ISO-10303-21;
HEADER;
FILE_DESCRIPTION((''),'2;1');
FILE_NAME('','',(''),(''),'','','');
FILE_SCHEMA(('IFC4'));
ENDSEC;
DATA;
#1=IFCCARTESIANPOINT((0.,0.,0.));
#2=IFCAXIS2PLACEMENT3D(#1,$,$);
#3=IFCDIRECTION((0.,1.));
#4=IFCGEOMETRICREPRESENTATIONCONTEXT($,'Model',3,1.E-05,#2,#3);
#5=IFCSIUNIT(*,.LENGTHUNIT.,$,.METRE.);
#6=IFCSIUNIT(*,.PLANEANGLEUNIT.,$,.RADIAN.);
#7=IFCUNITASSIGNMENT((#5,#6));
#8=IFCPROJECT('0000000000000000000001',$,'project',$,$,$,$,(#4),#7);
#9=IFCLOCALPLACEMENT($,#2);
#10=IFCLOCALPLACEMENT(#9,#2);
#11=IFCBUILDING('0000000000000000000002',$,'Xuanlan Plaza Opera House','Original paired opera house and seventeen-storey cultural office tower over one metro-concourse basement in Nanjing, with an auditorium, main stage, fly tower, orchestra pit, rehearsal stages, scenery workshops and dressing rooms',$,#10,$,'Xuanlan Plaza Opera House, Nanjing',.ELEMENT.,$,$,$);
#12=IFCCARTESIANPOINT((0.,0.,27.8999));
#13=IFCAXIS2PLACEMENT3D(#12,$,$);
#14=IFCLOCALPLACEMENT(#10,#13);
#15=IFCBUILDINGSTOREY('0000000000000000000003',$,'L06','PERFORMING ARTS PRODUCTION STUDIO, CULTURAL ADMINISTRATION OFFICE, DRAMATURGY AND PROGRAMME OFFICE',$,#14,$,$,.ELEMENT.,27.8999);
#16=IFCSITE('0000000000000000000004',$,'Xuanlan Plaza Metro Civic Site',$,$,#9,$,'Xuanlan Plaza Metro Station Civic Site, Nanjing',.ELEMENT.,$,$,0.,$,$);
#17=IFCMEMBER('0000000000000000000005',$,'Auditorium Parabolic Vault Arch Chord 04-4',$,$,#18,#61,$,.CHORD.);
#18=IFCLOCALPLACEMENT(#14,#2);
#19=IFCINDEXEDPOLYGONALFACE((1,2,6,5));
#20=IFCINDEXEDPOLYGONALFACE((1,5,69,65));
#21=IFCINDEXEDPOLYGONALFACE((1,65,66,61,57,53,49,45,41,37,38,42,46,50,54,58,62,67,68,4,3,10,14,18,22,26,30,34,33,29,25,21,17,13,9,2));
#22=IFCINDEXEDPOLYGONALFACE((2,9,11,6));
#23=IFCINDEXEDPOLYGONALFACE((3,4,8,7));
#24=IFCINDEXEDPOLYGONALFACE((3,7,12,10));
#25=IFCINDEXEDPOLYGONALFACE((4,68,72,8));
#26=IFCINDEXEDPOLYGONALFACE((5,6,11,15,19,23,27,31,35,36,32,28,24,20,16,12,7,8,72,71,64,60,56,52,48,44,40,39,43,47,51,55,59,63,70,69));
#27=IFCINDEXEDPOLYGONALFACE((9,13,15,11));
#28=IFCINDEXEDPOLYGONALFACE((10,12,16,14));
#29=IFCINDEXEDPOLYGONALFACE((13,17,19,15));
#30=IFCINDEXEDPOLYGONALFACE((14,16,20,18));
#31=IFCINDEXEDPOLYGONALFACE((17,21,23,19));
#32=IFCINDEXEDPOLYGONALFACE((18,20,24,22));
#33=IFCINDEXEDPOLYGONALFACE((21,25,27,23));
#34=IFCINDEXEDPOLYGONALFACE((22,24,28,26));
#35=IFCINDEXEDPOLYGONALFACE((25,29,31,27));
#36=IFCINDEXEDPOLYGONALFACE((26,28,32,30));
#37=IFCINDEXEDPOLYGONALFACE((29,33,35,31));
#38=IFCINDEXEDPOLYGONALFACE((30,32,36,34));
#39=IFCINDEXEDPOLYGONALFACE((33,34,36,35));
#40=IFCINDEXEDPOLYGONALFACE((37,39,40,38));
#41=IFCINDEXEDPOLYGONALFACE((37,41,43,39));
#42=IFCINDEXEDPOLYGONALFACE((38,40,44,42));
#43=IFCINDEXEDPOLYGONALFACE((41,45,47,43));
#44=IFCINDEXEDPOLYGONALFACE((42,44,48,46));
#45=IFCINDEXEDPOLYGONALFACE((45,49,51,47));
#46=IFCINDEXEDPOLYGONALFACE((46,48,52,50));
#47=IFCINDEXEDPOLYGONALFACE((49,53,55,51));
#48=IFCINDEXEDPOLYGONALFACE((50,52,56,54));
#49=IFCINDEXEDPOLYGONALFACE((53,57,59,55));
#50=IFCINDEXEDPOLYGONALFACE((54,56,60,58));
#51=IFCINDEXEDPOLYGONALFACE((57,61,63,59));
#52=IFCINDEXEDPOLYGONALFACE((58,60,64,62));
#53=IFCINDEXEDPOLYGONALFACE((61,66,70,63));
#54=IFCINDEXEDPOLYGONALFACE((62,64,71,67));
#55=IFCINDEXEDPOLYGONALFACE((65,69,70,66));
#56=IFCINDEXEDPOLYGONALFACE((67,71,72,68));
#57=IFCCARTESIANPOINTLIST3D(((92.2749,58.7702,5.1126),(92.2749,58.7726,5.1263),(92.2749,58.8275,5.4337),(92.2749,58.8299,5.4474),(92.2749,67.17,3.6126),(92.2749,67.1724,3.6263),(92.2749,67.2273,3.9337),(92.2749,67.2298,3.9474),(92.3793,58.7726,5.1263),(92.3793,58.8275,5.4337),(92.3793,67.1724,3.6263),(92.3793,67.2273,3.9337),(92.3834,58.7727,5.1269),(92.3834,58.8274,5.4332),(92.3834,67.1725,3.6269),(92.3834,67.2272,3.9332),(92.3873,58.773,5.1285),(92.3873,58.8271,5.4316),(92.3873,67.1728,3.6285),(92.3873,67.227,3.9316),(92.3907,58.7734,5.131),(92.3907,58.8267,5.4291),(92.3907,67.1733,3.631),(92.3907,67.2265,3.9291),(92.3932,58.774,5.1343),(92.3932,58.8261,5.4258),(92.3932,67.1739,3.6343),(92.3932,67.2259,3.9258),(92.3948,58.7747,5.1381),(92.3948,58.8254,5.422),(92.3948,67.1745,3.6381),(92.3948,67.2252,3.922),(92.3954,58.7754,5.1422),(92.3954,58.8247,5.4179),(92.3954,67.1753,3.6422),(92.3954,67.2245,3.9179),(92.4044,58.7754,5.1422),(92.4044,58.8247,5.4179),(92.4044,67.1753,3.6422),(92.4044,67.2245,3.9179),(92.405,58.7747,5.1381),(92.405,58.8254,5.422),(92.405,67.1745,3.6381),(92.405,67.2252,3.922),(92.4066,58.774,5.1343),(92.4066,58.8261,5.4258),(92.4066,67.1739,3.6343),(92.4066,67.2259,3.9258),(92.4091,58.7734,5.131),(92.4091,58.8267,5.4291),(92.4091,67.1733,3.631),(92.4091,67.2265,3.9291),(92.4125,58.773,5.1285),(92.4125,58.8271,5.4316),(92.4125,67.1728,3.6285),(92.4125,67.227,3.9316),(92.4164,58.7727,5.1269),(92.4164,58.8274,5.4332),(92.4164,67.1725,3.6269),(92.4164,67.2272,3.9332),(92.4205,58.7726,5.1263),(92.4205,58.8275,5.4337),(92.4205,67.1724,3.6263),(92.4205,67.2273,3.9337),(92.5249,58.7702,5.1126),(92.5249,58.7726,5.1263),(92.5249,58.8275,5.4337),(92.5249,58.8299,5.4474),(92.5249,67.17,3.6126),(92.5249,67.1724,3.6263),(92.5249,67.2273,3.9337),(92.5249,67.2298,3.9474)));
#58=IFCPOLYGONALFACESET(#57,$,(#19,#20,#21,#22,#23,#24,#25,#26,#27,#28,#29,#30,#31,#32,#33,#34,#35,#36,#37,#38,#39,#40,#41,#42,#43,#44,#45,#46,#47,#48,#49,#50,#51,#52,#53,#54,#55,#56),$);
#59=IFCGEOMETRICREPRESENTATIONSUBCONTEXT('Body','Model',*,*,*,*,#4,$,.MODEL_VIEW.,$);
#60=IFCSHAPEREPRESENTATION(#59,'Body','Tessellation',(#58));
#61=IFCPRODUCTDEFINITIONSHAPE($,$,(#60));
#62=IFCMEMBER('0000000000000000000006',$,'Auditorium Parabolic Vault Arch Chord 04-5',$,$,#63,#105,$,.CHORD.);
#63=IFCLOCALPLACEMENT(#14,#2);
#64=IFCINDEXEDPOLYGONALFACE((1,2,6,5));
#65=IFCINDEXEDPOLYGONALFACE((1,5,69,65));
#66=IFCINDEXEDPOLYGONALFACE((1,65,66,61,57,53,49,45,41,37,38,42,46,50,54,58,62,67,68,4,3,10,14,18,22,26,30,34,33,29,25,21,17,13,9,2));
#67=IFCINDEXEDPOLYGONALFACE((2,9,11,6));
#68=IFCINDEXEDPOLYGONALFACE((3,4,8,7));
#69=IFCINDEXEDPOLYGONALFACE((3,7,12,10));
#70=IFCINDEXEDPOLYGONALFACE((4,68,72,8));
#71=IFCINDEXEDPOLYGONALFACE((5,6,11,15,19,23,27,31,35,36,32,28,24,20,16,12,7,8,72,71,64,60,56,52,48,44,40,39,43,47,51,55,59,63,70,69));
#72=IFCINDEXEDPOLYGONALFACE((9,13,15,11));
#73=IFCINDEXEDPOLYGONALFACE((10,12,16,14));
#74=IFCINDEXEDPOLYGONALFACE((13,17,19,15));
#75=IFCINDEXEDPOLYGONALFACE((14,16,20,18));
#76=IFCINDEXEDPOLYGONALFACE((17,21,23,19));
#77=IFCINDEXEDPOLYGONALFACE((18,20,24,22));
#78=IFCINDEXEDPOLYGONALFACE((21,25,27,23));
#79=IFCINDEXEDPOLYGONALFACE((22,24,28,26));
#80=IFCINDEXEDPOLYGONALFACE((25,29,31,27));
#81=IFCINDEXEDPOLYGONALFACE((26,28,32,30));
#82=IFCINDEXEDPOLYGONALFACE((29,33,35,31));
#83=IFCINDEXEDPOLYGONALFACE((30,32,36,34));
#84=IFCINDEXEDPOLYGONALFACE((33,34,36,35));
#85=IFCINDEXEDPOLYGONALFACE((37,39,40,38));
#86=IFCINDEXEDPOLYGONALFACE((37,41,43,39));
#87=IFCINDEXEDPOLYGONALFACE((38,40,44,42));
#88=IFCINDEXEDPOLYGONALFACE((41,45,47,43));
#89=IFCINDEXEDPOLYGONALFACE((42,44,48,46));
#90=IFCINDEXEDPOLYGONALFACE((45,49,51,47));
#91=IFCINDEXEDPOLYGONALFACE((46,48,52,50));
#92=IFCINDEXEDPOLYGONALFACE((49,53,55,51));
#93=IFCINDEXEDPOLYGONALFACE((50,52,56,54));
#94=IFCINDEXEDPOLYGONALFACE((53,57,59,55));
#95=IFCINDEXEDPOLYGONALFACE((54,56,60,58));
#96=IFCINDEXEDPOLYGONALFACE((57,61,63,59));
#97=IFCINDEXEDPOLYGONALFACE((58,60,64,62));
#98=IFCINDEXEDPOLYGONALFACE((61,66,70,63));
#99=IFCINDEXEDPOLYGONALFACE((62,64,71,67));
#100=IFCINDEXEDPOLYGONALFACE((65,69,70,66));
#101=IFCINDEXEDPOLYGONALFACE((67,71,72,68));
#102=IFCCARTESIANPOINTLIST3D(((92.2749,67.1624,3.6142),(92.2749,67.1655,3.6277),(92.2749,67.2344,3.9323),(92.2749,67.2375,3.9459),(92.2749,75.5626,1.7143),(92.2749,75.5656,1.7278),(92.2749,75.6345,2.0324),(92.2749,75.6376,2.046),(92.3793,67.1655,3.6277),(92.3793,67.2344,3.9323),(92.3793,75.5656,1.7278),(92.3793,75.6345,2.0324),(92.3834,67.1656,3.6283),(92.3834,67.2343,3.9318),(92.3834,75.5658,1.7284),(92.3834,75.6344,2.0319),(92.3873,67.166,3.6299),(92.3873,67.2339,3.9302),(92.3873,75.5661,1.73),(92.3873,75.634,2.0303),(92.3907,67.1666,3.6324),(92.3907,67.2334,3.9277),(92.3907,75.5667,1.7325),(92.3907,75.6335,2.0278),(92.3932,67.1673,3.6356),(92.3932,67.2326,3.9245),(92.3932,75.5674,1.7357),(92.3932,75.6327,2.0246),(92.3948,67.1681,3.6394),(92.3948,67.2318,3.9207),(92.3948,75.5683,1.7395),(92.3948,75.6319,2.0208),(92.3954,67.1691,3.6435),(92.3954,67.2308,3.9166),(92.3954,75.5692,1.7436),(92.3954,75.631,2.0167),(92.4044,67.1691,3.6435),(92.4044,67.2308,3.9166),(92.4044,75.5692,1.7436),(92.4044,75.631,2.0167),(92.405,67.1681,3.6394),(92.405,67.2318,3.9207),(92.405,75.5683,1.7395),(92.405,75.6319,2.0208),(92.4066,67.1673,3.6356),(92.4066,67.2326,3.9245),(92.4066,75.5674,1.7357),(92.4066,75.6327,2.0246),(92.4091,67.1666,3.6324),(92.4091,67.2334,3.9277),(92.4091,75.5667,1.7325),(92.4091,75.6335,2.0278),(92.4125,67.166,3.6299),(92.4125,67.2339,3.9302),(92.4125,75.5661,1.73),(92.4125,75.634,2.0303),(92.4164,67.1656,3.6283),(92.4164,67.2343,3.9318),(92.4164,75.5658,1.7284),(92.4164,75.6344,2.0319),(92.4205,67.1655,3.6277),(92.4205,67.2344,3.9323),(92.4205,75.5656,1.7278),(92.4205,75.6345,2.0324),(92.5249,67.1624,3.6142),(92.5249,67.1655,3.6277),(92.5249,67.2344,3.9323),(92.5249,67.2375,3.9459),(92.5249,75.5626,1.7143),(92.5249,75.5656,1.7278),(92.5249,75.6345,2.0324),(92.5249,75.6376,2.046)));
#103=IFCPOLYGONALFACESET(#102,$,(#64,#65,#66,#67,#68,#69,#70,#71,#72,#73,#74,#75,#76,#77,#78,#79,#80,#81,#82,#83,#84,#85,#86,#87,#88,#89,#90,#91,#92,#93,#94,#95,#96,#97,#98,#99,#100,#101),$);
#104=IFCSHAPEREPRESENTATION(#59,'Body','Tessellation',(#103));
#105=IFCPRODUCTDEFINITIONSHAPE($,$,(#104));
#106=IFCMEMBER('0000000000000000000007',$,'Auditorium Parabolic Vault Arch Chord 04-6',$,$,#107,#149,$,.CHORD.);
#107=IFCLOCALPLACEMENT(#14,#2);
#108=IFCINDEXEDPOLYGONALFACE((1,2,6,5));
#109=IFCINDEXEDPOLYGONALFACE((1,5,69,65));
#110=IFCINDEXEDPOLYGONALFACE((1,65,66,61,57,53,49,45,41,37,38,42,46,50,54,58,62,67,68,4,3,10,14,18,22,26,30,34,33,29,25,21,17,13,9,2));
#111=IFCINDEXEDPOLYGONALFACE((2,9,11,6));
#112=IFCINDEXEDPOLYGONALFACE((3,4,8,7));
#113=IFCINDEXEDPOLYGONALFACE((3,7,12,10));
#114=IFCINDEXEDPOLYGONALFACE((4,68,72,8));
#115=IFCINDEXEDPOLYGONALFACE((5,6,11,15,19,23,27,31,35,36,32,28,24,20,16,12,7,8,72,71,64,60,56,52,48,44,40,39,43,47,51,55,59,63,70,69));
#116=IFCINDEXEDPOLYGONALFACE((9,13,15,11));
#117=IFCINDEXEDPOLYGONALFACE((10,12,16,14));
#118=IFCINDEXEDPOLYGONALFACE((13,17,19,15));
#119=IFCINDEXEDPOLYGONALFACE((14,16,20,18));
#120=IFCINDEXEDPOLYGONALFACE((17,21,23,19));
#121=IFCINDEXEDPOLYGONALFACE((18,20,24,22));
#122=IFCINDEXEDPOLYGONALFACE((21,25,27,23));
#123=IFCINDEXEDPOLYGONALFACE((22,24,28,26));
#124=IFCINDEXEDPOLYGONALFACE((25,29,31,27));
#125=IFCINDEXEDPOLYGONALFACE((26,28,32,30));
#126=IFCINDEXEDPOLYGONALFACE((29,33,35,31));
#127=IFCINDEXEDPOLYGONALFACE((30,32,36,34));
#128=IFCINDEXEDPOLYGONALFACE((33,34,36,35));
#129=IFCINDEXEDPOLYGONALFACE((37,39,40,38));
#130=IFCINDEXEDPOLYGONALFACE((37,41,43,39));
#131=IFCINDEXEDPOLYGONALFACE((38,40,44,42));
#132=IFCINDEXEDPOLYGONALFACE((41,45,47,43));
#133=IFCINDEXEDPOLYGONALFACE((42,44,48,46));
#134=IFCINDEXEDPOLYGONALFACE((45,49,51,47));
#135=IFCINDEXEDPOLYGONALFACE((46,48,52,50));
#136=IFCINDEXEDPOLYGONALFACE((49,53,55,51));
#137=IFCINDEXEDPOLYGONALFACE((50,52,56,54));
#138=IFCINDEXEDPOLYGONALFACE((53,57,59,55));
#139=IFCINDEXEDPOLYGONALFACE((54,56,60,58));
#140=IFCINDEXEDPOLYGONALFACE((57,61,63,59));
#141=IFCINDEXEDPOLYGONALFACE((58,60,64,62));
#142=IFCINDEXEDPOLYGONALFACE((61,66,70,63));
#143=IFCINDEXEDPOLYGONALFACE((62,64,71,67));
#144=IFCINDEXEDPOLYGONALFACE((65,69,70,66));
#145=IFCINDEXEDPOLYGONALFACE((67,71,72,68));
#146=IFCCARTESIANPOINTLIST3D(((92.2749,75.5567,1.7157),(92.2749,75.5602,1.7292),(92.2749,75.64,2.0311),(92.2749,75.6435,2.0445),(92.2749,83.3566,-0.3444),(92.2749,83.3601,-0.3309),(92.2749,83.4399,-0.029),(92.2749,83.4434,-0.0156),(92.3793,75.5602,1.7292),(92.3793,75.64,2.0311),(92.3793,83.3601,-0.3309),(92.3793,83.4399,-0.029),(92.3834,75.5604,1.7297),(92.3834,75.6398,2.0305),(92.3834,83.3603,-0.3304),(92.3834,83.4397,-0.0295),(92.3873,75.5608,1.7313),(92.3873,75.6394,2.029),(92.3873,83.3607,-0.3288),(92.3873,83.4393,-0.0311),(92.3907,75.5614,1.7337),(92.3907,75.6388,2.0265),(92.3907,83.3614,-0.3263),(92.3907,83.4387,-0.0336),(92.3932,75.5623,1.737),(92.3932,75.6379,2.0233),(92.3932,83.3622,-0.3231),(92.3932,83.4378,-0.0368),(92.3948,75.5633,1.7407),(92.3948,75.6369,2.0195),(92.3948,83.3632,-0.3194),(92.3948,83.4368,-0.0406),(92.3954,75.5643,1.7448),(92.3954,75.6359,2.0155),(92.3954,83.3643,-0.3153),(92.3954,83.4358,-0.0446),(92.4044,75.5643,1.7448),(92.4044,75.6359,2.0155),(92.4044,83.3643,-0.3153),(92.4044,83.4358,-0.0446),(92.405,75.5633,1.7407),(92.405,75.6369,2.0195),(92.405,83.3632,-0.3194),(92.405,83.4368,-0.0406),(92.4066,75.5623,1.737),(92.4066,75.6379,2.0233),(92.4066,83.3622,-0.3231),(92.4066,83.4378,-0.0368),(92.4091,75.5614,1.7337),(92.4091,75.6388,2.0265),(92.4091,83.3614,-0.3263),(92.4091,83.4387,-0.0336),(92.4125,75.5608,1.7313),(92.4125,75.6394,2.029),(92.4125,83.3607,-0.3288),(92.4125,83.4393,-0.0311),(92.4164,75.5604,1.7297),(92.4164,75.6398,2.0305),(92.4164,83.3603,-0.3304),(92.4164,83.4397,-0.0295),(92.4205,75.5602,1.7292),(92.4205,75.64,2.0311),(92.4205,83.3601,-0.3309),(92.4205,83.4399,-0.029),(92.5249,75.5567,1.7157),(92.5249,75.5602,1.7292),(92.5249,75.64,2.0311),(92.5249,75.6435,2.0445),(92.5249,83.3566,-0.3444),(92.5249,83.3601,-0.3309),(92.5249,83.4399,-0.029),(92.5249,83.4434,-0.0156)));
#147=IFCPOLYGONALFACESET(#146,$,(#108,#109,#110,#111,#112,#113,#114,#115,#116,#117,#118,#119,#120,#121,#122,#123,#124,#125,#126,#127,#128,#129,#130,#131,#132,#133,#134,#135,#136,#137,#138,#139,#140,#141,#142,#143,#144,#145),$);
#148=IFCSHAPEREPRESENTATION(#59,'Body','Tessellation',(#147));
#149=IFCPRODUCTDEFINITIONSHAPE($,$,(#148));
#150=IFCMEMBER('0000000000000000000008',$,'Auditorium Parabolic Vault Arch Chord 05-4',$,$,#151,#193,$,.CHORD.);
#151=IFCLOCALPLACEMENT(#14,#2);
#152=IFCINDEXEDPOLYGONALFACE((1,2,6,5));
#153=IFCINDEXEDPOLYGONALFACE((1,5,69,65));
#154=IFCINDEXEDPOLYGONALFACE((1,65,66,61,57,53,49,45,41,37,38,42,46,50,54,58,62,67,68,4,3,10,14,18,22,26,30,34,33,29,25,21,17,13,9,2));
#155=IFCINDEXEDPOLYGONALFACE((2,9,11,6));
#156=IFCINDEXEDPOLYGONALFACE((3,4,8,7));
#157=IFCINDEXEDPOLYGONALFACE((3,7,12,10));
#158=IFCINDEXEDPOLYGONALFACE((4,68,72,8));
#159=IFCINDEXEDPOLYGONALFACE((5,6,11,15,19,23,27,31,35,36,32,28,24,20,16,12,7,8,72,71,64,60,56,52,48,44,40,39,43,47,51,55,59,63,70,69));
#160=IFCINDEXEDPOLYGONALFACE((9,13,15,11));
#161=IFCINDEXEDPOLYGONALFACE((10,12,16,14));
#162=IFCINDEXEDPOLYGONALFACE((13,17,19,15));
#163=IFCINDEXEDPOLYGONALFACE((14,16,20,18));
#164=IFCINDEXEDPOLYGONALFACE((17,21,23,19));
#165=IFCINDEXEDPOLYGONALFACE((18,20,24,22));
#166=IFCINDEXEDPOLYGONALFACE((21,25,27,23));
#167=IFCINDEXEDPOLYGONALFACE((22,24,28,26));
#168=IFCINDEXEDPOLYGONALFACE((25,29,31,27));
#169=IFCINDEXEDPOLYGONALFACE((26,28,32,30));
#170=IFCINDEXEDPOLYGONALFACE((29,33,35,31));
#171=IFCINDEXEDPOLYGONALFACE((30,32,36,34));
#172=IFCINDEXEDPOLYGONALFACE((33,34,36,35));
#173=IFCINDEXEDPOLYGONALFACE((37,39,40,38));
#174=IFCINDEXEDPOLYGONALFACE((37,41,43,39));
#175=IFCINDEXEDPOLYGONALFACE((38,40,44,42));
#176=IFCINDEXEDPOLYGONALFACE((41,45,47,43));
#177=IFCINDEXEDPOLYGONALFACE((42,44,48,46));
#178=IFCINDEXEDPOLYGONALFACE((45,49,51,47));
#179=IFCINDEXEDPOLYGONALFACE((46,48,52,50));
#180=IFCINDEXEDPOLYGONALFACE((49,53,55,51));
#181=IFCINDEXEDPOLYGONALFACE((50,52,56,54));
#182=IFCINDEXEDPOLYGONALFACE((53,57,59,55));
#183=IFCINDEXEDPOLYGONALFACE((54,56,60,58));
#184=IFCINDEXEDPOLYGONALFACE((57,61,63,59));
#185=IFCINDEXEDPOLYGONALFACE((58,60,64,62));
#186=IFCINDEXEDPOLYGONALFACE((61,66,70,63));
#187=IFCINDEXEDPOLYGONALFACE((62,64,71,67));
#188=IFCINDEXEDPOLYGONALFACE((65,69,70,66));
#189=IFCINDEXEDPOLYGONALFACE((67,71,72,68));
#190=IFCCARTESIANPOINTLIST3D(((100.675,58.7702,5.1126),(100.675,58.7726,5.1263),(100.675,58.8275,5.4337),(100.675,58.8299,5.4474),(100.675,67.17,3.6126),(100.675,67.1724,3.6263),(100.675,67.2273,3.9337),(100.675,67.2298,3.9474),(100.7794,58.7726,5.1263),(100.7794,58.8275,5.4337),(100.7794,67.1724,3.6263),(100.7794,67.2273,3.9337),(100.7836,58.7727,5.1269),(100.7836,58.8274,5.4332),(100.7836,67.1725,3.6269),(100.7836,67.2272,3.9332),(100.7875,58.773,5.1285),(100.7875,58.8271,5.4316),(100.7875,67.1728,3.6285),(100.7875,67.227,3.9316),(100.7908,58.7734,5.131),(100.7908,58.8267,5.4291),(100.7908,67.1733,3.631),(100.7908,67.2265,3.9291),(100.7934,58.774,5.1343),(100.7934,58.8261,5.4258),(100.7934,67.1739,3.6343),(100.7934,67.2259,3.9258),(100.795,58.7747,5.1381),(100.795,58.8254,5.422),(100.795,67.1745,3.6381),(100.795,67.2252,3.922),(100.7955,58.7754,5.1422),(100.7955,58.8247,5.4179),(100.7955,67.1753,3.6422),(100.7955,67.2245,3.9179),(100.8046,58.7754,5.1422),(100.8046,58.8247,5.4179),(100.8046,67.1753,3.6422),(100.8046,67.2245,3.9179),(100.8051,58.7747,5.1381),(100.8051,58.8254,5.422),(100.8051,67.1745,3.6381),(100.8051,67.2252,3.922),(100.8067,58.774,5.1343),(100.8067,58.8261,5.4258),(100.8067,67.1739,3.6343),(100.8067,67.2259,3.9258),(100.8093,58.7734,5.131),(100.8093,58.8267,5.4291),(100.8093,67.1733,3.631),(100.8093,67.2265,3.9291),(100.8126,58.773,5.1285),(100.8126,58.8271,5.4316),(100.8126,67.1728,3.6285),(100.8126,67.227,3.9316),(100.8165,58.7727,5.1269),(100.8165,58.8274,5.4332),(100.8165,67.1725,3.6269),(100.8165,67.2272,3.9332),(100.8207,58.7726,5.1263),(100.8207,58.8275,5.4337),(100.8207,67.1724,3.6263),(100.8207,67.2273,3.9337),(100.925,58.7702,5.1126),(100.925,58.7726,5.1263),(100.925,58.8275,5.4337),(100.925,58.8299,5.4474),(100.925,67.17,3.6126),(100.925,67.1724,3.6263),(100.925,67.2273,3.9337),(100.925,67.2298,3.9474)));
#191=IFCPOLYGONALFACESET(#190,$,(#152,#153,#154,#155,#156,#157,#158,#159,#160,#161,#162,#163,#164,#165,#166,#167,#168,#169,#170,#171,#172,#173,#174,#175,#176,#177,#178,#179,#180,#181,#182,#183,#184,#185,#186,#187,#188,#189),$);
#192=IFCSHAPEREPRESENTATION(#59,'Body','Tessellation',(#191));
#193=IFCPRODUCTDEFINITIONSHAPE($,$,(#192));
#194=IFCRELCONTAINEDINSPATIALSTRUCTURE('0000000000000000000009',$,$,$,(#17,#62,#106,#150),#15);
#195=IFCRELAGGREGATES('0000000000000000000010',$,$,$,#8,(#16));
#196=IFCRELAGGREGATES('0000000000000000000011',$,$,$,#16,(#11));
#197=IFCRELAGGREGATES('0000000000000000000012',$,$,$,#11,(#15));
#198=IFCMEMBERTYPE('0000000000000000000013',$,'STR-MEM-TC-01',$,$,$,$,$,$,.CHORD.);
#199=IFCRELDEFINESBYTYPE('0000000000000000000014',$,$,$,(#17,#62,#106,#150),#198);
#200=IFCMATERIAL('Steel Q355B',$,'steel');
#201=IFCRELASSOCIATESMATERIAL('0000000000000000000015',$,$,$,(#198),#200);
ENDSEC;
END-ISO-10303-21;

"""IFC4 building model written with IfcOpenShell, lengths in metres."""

from ifc_helpers import new_model, si_unit, direction, frame, origin, origin_2d, place, context, subcontext, project, spatial, i_section, extrude, material, material_profile, profile_set, type_object, element, save


model = new_model("IFC4")

# Units and contexts
model_context = context("Model", 3, precision=1e-05, world=origin(), true_north=direction((0.0, 1.0)))
body_context = subcontext(model_context, "Body", "Model", "MODEL_VIEW")
ifc_project = project(units=[si_unit("LENGTHUNIT", "METRE"), si_unit("PLANEANGLEUNIT", "RADIAN")], contexts=[model_context])

# Site, building, storey
site_placement = place(None, origin())
site = spatial("IfcSite", under=ifc_project, at=site_placement, Name="Xuanlan Plaza Metro Civic Site", LongName="Xuanlan Plaza Metro Station Civic Site, Nanjing", CompositionType="ELEMENT", RefElevation=0.0)
building_placement = place(site_placement, origin())
building = spatial("IfcBuilding", under=site, at=building_placement, Name="Xuanlan Plaza Opera House", Description="Original paired opera house and seventeen-storey cultural office tower over one metro-concourse basement in Nanjing, with an auditorium, main stage, fly tower, orchestra pit, rehearsal stages, scenery workshops and dressing rooms", LongName="Xuanlan Plaza Opera House, Nanjing", CompositionType="ELEMENT")
storey_placement = place(building_placement, frame((0.0, 0.0, 27.8999)))
storey = spatial("IfcBuildingStorey", under=building, at=storey_placement, Name="L06", Description="PERFORMING ARTS PRODUCTION STUDIO, CULTURAL ADMINISTRATION OFFICE, DRAMATURGY AND PROGRAMME OFFICE", CompositionType="ELEMENT", Elevation=27.8999)

# Members
ifc_material = material(Name="Steel Q355B", Category="steel")
ifc_material_profile_1 = material_profile(ifc_material, i_section(OverallWidth=0.25, OverallDepth=0.3401, WebThickness=0.009, FlangeThickness=0.0139, FilletRadius=0.0161, at=origin_2d()), Name="HM 340x250x9x14")
ifc_profile_set_1 = profile_set([ifc_material_profile_1], Name="Steel Q355B")
member_type_1 = type_object("IfcMemberType", Name="STR-MEM-TC-01", PredefinedType="CHORD", material=ifc_profile_set_1)
member_1_placement = place(storey_placement, frame((92.3999, 58.8, 5.28), z_axis=(0.0, 0.984427, -0.175793), x_axis=(-1.0, 0.0, 0.0)))
element("IfcMember", 1, at=member_1_placement, inside=storey, type_object=member_type_1, Name="Auditorium Parabolic Vault Arch Chord 04-4", PredefinedType="CHORD", context=body_context, shape_type="SweptSolid", body=[
    extrude(i_section(OverallWidth=0.25, OverallDepth=0.3401, WebThickness=0.009, FlangeThickness=0.0139, FilletRadius=0.0161, at=origin_2d()), origin(), (0.0, 0.0, 1.0), 8.5327),
])
member_2_placement = place(storey_placement, frame((92.3999, 67.2, 3.78), z_axis=(0.0, 0.975364, -0.220603), x_axis=(-1.0, 0.0, 0.0)))
element("IfcMember", 2, at=member_2_placement, inside=storey, type_object=member_type_1, Name="Auditorium Parabolic Vault Arch Chord 04-5", PredefinedType="CHORD", context=body_context, shape_type="SweptSolid", body=[
    extrude(i_section(OverallWidth=0.25, OverallDepth=0.3401, WebThickness=0.009, FlangeThickness=0.0139, FilletRadius=0.0161, at=origin_2d()), origin(), (0.0, 0.0, 1.0), 8.6123),
])
member_3_placement = place(storey_placement, frame((92.3999, 75.6001, 1.8801), z_axis=(0.0, 0.966846, -0.25536), x_axis=(-1.0, 0.0, 0.0)))
element("IfcMember", 3, at=member_3_placement, inside=storey, type_object=member_type_1, Name="Auditorium Parabolic Vault Arch Chord 04-6", PredefinedType="CHORD", context=body_context, shape_type="SweptSolid", body=[
    extrude(i_section(OverallWidth=0.25, OverallDepth=0.3401, WebThickness=0.009, FlangeThickness=0.0139, FilletRadius=0.0161, at=origin_2d()), origin(), (0.0, 0.0, 1.0), 8.0674),
])
member_4_placement = place(storey_placement, frame((100.8, 58.8, 5.28), z_axis=(0.0, 0.984427, -0.175793), x_axis=(-1.0, 0.0, 0.0)))
element("IfcMember", 4, at=member_4_placement, inside=storey, type_object=member_type_1, Name="Auditorium Parabolic Vault Arch Chord 05-4", PredefinedType="CHORD", context=body_context, shape_type="SweptSolid", body=[
    extrude(i_section(OverallWidth=0.25, OverallDepth=0.3401, WebThickness=0.009, FlangeThickness=0.0139, FilletRadius=0.0161, at=origin_2d()), origin(), (0.0, 0.0, 1.0), 8.5327),
])

save(model, "model.ifc")
